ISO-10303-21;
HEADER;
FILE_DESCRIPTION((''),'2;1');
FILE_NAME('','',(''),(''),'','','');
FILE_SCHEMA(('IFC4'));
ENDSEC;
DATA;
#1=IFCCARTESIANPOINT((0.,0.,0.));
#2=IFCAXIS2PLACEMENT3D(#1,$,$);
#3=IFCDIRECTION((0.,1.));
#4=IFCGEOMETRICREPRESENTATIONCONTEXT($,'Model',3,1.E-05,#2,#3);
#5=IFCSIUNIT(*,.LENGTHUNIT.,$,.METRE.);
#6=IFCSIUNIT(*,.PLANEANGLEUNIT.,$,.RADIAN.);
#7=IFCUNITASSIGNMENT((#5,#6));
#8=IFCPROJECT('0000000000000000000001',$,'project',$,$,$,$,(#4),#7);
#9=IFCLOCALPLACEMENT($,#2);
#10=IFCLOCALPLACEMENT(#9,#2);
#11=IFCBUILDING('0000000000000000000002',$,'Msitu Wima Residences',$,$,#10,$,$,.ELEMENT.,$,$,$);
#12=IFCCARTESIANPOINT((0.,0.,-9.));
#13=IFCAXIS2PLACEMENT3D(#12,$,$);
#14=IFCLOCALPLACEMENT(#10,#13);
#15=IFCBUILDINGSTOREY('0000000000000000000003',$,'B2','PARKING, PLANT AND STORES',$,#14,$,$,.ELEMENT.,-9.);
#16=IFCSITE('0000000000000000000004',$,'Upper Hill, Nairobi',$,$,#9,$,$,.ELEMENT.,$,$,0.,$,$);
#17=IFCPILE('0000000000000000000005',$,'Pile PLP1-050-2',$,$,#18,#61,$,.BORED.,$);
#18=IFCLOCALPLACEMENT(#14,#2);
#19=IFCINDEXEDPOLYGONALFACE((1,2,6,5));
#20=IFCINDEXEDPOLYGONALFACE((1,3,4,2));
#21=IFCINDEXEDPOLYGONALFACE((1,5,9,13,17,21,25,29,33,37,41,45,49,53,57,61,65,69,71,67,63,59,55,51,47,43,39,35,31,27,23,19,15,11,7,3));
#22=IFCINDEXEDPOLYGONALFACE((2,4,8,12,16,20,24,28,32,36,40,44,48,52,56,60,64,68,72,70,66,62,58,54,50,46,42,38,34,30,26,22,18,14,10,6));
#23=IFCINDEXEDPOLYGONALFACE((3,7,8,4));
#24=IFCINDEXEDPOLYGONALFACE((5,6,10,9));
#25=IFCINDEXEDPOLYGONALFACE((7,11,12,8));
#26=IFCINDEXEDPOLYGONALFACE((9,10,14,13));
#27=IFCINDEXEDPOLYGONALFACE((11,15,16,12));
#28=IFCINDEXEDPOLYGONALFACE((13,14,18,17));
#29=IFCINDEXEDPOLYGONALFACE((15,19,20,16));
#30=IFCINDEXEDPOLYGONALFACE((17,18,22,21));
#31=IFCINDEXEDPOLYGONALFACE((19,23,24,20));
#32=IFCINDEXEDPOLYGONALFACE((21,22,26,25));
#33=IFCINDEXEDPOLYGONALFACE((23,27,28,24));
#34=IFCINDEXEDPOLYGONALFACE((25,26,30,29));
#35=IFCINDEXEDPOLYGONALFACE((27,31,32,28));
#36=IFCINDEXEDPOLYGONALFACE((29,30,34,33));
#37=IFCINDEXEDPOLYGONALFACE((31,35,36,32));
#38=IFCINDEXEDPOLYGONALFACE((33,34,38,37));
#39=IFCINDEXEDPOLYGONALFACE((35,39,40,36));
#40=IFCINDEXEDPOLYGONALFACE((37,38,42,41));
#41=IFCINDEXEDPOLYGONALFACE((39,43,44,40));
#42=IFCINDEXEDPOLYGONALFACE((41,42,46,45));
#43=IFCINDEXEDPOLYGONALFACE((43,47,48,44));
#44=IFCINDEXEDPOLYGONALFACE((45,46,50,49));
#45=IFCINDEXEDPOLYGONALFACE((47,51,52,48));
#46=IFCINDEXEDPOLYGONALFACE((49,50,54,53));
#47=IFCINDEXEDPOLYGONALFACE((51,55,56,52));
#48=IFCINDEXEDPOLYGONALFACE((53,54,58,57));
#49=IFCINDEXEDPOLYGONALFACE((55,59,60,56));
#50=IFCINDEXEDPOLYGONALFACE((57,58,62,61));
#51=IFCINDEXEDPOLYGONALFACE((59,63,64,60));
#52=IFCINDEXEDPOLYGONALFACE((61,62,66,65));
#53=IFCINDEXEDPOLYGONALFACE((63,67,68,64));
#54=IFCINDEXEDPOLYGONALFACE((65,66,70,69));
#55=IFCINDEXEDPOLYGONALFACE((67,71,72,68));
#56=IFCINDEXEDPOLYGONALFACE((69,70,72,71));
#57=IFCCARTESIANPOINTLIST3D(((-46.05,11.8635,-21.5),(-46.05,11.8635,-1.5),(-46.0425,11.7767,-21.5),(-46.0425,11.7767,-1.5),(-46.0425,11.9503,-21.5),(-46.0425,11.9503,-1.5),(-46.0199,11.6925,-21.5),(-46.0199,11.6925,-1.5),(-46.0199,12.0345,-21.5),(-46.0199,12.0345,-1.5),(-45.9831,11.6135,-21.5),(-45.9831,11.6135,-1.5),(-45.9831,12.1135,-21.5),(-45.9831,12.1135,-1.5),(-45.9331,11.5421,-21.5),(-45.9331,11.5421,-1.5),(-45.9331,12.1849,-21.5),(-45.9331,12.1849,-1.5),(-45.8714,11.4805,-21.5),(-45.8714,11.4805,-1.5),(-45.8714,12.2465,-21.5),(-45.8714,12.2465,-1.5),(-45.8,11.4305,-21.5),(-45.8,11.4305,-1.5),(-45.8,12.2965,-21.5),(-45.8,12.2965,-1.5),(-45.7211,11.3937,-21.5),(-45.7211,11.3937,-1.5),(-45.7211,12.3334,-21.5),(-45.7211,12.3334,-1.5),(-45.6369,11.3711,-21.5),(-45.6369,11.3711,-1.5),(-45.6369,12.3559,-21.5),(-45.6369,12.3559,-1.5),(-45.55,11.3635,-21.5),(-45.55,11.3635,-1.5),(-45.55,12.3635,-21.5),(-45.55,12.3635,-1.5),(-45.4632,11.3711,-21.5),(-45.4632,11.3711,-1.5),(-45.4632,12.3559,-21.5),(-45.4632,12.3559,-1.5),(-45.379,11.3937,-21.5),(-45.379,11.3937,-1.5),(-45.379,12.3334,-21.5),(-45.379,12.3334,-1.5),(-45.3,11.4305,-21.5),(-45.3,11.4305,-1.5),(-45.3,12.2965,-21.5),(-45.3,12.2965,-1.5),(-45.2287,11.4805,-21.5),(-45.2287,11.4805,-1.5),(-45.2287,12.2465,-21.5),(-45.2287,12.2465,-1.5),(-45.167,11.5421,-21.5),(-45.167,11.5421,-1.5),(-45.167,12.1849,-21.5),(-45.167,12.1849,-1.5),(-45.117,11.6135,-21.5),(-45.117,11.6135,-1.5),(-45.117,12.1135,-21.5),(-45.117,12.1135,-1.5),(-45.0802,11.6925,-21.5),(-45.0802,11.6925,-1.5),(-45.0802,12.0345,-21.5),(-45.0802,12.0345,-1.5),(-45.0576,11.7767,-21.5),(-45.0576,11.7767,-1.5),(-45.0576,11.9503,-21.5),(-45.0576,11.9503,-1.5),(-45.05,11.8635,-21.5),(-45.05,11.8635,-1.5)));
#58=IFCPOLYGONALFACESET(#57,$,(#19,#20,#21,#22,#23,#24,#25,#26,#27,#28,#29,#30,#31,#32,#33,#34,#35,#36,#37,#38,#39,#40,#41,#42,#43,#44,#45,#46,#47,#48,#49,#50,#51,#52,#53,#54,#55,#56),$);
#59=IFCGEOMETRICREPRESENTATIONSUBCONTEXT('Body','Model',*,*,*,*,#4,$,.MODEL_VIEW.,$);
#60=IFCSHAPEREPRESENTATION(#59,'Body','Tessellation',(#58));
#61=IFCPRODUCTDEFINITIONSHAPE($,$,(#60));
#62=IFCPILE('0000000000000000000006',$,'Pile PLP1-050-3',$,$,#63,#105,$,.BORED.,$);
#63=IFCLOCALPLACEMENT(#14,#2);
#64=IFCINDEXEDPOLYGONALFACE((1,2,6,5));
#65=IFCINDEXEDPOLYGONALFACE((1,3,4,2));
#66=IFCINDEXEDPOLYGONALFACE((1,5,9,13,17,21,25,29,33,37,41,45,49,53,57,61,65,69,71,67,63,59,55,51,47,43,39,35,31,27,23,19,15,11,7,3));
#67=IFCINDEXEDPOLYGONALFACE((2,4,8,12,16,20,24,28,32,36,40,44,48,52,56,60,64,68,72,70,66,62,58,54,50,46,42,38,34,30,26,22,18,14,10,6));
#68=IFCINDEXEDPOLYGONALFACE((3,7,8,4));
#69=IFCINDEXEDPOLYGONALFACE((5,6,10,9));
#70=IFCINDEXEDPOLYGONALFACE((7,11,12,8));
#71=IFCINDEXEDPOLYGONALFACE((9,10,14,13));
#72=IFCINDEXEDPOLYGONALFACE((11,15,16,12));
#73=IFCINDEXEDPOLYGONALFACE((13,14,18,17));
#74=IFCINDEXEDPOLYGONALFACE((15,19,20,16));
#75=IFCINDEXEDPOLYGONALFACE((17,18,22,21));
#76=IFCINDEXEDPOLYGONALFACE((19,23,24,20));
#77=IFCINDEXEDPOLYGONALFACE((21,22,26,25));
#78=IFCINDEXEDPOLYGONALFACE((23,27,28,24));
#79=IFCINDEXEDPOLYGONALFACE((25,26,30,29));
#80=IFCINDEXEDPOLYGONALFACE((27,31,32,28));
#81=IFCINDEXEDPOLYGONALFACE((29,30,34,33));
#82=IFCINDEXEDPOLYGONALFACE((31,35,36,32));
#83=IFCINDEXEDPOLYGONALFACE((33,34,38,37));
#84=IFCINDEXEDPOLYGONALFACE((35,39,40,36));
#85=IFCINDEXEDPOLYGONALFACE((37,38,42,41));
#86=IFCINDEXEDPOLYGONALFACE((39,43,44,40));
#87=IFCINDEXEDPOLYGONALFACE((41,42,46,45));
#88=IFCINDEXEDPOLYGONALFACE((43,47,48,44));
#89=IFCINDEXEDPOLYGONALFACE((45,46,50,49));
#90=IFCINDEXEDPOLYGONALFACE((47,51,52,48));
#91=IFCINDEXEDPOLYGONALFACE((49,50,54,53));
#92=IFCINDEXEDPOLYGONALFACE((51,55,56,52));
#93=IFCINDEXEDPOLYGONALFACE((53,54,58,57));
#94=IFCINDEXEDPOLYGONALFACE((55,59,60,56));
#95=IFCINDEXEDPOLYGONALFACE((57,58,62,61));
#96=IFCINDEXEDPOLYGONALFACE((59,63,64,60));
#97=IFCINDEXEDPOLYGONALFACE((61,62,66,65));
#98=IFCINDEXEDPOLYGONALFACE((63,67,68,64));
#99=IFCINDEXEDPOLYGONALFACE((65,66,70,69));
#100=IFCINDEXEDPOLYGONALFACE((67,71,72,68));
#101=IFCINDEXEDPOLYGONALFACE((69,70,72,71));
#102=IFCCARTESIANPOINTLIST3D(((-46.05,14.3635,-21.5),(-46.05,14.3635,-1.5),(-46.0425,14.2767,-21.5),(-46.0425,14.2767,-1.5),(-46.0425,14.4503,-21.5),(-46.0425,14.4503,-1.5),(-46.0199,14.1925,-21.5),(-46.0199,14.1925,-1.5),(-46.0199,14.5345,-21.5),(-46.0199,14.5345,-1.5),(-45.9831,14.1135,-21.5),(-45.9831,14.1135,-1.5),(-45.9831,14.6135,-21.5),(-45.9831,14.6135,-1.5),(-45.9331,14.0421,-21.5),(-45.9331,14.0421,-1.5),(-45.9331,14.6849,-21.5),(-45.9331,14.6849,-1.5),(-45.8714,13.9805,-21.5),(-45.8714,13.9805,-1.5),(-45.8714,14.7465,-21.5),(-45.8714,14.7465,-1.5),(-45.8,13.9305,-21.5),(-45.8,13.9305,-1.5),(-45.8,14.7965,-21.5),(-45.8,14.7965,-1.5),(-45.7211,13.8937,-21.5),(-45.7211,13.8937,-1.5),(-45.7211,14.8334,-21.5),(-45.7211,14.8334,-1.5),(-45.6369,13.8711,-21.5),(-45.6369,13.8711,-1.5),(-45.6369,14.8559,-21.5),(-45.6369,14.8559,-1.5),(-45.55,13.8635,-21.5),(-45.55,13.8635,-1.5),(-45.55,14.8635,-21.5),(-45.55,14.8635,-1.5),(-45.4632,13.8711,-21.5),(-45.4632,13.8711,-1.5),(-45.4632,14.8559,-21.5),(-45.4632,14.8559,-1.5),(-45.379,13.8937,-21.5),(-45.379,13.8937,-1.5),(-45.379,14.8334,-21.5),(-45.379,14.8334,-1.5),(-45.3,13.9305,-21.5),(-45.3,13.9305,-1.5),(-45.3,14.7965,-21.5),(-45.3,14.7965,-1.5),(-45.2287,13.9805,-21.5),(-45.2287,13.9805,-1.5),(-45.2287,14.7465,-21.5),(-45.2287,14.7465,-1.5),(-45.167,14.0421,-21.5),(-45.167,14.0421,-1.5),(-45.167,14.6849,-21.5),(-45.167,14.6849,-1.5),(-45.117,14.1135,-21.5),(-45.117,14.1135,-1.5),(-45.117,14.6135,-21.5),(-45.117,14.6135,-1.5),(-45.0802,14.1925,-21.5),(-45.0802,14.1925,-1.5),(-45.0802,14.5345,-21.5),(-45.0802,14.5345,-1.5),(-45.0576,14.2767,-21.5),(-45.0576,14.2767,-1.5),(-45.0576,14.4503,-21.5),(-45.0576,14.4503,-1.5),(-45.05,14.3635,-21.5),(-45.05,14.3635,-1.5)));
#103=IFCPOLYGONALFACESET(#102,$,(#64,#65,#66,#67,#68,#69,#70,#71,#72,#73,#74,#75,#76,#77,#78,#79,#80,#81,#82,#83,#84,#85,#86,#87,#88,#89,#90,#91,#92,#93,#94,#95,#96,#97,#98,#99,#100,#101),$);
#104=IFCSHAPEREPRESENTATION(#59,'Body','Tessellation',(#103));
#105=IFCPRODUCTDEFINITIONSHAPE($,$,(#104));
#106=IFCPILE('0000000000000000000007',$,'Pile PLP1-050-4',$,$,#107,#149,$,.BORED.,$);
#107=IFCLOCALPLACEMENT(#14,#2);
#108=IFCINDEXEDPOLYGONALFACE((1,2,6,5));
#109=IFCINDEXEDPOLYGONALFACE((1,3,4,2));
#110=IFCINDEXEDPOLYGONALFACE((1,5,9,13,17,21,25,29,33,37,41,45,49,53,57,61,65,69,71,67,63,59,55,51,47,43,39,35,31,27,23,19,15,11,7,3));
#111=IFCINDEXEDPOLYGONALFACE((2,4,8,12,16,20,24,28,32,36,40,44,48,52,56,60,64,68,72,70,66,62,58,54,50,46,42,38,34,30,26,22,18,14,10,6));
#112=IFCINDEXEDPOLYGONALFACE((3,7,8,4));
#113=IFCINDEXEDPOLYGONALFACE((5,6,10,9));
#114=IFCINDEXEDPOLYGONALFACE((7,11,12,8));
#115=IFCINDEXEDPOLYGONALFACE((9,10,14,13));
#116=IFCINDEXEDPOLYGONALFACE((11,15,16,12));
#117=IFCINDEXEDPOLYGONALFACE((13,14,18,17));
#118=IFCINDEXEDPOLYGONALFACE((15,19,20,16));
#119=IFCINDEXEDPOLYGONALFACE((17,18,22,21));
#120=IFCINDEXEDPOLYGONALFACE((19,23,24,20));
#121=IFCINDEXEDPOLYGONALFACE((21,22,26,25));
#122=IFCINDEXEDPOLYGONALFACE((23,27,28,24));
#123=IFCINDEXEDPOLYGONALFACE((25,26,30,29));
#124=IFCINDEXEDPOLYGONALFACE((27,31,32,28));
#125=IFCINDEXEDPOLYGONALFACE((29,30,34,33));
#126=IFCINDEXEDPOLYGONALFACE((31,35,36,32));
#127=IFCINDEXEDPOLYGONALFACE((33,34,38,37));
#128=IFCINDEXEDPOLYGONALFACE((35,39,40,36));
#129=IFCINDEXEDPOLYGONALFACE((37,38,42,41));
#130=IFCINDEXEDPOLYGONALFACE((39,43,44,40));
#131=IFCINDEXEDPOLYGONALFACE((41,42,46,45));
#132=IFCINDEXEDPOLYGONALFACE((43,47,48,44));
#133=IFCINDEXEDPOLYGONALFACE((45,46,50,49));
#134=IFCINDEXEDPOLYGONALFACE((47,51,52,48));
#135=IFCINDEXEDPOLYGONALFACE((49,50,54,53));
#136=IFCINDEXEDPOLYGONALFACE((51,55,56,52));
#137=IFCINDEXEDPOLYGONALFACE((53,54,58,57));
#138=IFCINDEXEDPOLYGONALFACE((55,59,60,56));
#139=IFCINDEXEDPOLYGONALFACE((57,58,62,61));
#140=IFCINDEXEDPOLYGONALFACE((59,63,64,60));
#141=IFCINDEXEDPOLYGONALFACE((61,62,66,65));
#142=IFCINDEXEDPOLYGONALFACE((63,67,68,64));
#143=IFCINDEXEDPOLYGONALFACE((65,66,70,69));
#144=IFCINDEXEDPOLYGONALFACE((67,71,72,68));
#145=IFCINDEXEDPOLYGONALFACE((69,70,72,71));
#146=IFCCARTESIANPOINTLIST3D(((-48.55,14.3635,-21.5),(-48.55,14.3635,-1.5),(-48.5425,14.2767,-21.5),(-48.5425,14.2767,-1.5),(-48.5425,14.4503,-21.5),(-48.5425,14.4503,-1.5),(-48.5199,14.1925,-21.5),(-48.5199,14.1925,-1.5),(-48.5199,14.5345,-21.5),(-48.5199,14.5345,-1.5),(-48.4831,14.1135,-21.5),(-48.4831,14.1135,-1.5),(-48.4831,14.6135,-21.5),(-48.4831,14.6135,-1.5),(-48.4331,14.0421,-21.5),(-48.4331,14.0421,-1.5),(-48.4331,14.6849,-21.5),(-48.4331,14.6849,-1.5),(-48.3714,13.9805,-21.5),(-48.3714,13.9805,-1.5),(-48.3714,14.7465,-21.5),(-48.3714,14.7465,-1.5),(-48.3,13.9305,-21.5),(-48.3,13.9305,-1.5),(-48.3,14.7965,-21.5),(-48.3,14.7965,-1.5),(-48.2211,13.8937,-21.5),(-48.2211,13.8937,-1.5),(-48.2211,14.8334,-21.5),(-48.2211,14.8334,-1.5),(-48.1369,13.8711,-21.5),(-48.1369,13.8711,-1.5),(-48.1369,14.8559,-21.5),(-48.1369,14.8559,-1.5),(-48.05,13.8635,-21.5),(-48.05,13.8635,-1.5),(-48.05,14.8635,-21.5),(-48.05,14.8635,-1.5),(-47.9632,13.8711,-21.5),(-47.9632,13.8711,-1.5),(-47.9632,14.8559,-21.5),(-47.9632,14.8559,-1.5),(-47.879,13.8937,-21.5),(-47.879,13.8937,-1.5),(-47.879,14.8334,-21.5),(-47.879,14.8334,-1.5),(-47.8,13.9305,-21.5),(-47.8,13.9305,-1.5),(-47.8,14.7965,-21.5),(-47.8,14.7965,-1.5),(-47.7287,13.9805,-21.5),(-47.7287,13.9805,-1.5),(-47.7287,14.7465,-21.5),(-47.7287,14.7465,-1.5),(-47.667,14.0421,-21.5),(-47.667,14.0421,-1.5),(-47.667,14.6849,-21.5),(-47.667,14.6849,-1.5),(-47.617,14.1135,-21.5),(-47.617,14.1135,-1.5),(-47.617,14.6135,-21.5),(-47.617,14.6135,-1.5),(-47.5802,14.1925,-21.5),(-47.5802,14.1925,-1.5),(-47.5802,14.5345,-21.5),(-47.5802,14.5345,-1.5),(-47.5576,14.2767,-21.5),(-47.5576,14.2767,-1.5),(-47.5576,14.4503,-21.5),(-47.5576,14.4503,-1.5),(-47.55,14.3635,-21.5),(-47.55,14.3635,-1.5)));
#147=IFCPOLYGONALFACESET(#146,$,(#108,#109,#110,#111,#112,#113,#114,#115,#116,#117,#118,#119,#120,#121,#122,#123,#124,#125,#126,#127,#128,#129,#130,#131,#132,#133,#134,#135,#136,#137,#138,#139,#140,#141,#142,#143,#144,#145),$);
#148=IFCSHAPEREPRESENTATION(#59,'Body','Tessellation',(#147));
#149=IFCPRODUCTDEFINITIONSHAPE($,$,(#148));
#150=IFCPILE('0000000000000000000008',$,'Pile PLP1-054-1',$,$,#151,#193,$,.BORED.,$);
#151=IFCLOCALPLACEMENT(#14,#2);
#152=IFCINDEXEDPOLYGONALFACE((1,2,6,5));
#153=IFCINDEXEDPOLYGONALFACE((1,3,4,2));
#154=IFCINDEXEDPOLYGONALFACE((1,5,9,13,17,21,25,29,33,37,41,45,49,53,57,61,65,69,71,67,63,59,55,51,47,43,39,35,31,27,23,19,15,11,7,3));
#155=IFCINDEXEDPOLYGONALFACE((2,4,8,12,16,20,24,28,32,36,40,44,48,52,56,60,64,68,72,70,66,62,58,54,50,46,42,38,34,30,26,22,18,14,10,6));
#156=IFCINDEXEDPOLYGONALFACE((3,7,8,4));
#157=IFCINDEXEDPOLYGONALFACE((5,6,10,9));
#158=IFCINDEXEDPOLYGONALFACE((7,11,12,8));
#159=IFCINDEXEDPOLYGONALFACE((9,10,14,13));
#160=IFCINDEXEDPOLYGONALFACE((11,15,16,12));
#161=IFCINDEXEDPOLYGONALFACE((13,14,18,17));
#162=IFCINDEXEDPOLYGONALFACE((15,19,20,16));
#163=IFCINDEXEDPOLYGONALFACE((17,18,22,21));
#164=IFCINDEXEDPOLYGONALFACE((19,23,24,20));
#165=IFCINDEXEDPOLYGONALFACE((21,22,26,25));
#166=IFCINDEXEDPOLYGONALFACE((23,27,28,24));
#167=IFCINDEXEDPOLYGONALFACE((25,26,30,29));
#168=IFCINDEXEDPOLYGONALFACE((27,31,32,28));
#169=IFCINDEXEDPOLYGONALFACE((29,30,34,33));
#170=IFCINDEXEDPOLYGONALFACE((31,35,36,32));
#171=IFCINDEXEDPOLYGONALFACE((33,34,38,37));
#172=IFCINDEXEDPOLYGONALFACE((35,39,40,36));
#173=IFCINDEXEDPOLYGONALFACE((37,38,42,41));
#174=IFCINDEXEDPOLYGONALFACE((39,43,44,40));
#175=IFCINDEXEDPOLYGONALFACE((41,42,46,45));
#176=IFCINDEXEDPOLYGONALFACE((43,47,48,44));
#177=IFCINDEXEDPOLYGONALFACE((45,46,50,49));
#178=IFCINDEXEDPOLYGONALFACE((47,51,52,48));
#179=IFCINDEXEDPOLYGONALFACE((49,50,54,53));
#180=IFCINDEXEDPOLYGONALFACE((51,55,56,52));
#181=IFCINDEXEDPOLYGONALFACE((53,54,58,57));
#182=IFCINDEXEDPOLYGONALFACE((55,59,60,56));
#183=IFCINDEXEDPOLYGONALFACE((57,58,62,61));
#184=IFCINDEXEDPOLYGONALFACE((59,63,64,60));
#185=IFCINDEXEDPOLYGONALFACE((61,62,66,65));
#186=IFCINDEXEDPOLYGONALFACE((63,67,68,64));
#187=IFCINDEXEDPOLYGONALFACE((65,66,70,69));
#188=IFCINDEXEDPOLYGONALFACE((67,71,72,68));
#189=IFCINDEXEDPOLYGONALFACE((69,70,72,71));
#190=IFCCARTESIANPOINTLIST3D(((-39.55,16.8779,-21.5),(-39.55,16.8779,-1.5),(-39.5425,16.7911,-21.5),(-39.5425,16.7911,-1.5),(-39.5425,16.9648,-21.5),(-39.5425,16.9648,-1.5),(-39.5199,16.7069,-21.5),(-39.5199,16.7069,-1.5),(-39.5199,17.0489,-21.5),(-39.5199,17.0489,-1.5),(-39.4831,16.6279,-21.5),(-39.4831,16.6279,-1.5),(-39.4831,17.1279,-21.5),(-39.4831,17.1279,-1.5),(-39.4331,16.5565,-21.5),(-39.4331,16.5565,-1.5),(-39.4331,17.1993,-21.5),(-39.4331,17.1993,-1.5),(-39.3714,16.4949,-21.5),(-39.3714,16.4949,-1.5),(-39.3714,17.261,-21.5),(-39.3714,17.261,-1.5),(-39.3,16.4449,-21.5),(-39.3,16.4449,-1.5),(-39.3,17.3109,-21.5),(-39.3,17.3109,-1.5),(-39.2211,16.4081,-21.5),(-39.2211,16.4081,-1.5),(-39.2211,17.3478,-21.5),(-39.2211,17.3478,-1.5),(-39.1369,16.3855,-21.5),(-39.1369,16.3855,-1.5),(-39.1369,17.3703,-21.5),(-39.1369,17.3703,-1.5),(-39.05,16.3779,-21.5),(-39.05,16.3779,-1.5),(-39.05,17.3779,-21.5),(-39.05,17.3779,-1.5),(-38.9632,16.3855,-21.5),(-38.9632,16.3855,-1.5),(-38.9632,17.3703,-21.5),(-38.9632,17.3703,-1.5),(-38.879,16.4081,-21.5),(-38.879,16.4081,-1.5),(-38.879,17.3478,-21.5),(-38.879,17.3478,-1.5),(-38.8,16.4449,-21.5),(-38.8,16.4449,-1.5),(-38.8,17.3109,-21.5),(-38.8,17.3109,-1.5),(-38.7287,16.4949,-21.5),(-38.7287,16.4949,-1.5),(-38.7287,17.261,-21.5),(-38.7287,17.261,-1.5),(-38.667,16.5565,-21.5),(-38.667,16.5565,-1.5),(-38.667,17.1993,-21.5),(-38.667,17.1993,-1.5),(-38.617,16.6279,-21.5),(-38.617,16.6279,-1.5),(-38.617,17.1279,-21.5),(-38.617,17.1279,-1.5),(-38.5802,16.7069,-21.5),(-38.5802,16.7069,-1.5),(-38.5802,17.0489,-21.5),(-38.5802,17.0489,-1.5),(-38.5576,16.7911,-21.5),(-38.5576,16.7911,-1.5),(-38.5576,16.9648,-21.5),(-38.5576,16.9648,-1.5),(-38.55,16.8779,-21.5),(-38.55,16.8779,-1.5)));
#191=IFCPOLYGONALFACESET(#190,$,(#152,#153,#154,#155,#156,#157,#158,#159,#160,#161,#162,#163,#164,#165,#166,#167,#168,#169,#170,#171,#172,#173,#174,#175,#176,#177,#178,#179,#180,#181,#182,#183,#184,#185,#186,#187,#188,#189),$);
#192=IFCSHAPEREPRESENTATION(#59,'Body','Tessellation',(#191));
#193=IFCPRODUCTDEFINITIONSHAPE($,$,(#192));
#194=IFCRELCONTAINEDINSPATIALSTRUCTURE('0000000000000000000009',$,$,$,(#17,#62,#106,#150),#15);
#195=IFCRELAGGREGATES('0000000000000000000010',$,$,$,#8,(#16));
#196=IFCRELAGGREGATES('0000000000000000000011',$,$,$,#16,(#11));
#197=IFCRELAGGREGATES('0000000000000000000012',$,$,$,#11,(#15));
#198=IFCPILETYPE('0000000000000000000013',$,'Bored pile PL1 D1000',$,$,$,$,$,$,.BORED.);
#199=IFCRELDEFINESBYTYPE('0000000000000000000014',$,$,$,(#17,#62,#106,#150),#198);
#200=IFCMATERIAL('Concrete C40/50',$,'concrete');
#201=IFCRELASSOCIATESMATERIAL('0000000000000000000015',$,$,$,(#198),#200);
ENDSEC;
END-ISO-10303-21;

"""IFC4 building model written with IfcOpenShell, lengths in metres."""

from ifc_helpers import new_model, si_unit, direction, frame, origin, origin_2d, place, context, subcontext, project, spatial, circle, extrude, material, type_object, element, save


model = new_model("IFC4")

# Units and contexts
model_context = context("Model", 3, precision=1e-05, world=origin(), true_north=direction((0.0, 1.0)))
body_context = subcontext(model_context, "Body", "Model", "MODEL_VIEW")
ifc_project = project(units=[si_unit("LENGTHUNIT", "METRE"), si_unit("PLANEANGLEUNIT", "RADIAN")], contexts=[model_context])

# Site, building, storey
site_placement = place(None, origin())
site = spatial("IfcSite", under=ifc_project, at=site_placement, Name="Upper Hill, Nairobi", CompositionType="ELEMENT", RefElevation=0.0)
building_placement = place(site_placement, origin())
building = spatial("IfcBuilding", under=site, at=building_placement, Name="Msitu Wima Residences", CompositionType="ELEMENT")
storey_placement = place(building_placement, frame((0.0, 0.0, -9.0)))
storey = spatial("IfcBuildingStorey", under=building, at=storey_placement, Name="B2", Description="PARKING, PLANT AND STORES", CompositionType="ELEMENT", Elevation=-9.0)

# Piles
ifc_material_1 = material(Name="Concrete C40/50", Category="concrete")
pile_type = type_object("IfcPileType", Name="Bored pile PL1 D1000", PredefinedType="BORED", material=ifc_material_1)
for number, where, z_axis, x_axis, name in (
    (1, (-45.55, 11.8635, -1.5), (0.0, 0.0, -1.0), (1.0, 0.0, 0.0), "Pile PLP1-050-2"),
    (2, (-45.55, 14.3635, -1.5), (0.0, 0.0, -1.0), (1.0, 0.0, 0.0), "Pile PLP1-050-3"),
    (3, (-48.05, 14.3635, -1.5), (0.0, 0.0, -1.0), (1.0, 0.0, 0.0), "Pile PLP1-050-4"),
    (4, (-39.05, 16.8779, -1.5), (0.0, 0.0, -1.0), (1.0, 0.0, 0.0), "Pile PLP1-054-1"),
):
    element("IfcPile", number, at=place(storey_placement, frame(where, z_axis=z_axis, x_axis=x_axis)), inside=storey, type_object=pile_type, Name=name, PredefinedType="BORED", context=body_context, shape_type="SweptSolid", body=[
        extrude(circle(Radius=0.5, at=origin_2d()), origin(), (0.0, 0.0, 1.0), 20.0),
    ])

save(model, "model.ifc")
